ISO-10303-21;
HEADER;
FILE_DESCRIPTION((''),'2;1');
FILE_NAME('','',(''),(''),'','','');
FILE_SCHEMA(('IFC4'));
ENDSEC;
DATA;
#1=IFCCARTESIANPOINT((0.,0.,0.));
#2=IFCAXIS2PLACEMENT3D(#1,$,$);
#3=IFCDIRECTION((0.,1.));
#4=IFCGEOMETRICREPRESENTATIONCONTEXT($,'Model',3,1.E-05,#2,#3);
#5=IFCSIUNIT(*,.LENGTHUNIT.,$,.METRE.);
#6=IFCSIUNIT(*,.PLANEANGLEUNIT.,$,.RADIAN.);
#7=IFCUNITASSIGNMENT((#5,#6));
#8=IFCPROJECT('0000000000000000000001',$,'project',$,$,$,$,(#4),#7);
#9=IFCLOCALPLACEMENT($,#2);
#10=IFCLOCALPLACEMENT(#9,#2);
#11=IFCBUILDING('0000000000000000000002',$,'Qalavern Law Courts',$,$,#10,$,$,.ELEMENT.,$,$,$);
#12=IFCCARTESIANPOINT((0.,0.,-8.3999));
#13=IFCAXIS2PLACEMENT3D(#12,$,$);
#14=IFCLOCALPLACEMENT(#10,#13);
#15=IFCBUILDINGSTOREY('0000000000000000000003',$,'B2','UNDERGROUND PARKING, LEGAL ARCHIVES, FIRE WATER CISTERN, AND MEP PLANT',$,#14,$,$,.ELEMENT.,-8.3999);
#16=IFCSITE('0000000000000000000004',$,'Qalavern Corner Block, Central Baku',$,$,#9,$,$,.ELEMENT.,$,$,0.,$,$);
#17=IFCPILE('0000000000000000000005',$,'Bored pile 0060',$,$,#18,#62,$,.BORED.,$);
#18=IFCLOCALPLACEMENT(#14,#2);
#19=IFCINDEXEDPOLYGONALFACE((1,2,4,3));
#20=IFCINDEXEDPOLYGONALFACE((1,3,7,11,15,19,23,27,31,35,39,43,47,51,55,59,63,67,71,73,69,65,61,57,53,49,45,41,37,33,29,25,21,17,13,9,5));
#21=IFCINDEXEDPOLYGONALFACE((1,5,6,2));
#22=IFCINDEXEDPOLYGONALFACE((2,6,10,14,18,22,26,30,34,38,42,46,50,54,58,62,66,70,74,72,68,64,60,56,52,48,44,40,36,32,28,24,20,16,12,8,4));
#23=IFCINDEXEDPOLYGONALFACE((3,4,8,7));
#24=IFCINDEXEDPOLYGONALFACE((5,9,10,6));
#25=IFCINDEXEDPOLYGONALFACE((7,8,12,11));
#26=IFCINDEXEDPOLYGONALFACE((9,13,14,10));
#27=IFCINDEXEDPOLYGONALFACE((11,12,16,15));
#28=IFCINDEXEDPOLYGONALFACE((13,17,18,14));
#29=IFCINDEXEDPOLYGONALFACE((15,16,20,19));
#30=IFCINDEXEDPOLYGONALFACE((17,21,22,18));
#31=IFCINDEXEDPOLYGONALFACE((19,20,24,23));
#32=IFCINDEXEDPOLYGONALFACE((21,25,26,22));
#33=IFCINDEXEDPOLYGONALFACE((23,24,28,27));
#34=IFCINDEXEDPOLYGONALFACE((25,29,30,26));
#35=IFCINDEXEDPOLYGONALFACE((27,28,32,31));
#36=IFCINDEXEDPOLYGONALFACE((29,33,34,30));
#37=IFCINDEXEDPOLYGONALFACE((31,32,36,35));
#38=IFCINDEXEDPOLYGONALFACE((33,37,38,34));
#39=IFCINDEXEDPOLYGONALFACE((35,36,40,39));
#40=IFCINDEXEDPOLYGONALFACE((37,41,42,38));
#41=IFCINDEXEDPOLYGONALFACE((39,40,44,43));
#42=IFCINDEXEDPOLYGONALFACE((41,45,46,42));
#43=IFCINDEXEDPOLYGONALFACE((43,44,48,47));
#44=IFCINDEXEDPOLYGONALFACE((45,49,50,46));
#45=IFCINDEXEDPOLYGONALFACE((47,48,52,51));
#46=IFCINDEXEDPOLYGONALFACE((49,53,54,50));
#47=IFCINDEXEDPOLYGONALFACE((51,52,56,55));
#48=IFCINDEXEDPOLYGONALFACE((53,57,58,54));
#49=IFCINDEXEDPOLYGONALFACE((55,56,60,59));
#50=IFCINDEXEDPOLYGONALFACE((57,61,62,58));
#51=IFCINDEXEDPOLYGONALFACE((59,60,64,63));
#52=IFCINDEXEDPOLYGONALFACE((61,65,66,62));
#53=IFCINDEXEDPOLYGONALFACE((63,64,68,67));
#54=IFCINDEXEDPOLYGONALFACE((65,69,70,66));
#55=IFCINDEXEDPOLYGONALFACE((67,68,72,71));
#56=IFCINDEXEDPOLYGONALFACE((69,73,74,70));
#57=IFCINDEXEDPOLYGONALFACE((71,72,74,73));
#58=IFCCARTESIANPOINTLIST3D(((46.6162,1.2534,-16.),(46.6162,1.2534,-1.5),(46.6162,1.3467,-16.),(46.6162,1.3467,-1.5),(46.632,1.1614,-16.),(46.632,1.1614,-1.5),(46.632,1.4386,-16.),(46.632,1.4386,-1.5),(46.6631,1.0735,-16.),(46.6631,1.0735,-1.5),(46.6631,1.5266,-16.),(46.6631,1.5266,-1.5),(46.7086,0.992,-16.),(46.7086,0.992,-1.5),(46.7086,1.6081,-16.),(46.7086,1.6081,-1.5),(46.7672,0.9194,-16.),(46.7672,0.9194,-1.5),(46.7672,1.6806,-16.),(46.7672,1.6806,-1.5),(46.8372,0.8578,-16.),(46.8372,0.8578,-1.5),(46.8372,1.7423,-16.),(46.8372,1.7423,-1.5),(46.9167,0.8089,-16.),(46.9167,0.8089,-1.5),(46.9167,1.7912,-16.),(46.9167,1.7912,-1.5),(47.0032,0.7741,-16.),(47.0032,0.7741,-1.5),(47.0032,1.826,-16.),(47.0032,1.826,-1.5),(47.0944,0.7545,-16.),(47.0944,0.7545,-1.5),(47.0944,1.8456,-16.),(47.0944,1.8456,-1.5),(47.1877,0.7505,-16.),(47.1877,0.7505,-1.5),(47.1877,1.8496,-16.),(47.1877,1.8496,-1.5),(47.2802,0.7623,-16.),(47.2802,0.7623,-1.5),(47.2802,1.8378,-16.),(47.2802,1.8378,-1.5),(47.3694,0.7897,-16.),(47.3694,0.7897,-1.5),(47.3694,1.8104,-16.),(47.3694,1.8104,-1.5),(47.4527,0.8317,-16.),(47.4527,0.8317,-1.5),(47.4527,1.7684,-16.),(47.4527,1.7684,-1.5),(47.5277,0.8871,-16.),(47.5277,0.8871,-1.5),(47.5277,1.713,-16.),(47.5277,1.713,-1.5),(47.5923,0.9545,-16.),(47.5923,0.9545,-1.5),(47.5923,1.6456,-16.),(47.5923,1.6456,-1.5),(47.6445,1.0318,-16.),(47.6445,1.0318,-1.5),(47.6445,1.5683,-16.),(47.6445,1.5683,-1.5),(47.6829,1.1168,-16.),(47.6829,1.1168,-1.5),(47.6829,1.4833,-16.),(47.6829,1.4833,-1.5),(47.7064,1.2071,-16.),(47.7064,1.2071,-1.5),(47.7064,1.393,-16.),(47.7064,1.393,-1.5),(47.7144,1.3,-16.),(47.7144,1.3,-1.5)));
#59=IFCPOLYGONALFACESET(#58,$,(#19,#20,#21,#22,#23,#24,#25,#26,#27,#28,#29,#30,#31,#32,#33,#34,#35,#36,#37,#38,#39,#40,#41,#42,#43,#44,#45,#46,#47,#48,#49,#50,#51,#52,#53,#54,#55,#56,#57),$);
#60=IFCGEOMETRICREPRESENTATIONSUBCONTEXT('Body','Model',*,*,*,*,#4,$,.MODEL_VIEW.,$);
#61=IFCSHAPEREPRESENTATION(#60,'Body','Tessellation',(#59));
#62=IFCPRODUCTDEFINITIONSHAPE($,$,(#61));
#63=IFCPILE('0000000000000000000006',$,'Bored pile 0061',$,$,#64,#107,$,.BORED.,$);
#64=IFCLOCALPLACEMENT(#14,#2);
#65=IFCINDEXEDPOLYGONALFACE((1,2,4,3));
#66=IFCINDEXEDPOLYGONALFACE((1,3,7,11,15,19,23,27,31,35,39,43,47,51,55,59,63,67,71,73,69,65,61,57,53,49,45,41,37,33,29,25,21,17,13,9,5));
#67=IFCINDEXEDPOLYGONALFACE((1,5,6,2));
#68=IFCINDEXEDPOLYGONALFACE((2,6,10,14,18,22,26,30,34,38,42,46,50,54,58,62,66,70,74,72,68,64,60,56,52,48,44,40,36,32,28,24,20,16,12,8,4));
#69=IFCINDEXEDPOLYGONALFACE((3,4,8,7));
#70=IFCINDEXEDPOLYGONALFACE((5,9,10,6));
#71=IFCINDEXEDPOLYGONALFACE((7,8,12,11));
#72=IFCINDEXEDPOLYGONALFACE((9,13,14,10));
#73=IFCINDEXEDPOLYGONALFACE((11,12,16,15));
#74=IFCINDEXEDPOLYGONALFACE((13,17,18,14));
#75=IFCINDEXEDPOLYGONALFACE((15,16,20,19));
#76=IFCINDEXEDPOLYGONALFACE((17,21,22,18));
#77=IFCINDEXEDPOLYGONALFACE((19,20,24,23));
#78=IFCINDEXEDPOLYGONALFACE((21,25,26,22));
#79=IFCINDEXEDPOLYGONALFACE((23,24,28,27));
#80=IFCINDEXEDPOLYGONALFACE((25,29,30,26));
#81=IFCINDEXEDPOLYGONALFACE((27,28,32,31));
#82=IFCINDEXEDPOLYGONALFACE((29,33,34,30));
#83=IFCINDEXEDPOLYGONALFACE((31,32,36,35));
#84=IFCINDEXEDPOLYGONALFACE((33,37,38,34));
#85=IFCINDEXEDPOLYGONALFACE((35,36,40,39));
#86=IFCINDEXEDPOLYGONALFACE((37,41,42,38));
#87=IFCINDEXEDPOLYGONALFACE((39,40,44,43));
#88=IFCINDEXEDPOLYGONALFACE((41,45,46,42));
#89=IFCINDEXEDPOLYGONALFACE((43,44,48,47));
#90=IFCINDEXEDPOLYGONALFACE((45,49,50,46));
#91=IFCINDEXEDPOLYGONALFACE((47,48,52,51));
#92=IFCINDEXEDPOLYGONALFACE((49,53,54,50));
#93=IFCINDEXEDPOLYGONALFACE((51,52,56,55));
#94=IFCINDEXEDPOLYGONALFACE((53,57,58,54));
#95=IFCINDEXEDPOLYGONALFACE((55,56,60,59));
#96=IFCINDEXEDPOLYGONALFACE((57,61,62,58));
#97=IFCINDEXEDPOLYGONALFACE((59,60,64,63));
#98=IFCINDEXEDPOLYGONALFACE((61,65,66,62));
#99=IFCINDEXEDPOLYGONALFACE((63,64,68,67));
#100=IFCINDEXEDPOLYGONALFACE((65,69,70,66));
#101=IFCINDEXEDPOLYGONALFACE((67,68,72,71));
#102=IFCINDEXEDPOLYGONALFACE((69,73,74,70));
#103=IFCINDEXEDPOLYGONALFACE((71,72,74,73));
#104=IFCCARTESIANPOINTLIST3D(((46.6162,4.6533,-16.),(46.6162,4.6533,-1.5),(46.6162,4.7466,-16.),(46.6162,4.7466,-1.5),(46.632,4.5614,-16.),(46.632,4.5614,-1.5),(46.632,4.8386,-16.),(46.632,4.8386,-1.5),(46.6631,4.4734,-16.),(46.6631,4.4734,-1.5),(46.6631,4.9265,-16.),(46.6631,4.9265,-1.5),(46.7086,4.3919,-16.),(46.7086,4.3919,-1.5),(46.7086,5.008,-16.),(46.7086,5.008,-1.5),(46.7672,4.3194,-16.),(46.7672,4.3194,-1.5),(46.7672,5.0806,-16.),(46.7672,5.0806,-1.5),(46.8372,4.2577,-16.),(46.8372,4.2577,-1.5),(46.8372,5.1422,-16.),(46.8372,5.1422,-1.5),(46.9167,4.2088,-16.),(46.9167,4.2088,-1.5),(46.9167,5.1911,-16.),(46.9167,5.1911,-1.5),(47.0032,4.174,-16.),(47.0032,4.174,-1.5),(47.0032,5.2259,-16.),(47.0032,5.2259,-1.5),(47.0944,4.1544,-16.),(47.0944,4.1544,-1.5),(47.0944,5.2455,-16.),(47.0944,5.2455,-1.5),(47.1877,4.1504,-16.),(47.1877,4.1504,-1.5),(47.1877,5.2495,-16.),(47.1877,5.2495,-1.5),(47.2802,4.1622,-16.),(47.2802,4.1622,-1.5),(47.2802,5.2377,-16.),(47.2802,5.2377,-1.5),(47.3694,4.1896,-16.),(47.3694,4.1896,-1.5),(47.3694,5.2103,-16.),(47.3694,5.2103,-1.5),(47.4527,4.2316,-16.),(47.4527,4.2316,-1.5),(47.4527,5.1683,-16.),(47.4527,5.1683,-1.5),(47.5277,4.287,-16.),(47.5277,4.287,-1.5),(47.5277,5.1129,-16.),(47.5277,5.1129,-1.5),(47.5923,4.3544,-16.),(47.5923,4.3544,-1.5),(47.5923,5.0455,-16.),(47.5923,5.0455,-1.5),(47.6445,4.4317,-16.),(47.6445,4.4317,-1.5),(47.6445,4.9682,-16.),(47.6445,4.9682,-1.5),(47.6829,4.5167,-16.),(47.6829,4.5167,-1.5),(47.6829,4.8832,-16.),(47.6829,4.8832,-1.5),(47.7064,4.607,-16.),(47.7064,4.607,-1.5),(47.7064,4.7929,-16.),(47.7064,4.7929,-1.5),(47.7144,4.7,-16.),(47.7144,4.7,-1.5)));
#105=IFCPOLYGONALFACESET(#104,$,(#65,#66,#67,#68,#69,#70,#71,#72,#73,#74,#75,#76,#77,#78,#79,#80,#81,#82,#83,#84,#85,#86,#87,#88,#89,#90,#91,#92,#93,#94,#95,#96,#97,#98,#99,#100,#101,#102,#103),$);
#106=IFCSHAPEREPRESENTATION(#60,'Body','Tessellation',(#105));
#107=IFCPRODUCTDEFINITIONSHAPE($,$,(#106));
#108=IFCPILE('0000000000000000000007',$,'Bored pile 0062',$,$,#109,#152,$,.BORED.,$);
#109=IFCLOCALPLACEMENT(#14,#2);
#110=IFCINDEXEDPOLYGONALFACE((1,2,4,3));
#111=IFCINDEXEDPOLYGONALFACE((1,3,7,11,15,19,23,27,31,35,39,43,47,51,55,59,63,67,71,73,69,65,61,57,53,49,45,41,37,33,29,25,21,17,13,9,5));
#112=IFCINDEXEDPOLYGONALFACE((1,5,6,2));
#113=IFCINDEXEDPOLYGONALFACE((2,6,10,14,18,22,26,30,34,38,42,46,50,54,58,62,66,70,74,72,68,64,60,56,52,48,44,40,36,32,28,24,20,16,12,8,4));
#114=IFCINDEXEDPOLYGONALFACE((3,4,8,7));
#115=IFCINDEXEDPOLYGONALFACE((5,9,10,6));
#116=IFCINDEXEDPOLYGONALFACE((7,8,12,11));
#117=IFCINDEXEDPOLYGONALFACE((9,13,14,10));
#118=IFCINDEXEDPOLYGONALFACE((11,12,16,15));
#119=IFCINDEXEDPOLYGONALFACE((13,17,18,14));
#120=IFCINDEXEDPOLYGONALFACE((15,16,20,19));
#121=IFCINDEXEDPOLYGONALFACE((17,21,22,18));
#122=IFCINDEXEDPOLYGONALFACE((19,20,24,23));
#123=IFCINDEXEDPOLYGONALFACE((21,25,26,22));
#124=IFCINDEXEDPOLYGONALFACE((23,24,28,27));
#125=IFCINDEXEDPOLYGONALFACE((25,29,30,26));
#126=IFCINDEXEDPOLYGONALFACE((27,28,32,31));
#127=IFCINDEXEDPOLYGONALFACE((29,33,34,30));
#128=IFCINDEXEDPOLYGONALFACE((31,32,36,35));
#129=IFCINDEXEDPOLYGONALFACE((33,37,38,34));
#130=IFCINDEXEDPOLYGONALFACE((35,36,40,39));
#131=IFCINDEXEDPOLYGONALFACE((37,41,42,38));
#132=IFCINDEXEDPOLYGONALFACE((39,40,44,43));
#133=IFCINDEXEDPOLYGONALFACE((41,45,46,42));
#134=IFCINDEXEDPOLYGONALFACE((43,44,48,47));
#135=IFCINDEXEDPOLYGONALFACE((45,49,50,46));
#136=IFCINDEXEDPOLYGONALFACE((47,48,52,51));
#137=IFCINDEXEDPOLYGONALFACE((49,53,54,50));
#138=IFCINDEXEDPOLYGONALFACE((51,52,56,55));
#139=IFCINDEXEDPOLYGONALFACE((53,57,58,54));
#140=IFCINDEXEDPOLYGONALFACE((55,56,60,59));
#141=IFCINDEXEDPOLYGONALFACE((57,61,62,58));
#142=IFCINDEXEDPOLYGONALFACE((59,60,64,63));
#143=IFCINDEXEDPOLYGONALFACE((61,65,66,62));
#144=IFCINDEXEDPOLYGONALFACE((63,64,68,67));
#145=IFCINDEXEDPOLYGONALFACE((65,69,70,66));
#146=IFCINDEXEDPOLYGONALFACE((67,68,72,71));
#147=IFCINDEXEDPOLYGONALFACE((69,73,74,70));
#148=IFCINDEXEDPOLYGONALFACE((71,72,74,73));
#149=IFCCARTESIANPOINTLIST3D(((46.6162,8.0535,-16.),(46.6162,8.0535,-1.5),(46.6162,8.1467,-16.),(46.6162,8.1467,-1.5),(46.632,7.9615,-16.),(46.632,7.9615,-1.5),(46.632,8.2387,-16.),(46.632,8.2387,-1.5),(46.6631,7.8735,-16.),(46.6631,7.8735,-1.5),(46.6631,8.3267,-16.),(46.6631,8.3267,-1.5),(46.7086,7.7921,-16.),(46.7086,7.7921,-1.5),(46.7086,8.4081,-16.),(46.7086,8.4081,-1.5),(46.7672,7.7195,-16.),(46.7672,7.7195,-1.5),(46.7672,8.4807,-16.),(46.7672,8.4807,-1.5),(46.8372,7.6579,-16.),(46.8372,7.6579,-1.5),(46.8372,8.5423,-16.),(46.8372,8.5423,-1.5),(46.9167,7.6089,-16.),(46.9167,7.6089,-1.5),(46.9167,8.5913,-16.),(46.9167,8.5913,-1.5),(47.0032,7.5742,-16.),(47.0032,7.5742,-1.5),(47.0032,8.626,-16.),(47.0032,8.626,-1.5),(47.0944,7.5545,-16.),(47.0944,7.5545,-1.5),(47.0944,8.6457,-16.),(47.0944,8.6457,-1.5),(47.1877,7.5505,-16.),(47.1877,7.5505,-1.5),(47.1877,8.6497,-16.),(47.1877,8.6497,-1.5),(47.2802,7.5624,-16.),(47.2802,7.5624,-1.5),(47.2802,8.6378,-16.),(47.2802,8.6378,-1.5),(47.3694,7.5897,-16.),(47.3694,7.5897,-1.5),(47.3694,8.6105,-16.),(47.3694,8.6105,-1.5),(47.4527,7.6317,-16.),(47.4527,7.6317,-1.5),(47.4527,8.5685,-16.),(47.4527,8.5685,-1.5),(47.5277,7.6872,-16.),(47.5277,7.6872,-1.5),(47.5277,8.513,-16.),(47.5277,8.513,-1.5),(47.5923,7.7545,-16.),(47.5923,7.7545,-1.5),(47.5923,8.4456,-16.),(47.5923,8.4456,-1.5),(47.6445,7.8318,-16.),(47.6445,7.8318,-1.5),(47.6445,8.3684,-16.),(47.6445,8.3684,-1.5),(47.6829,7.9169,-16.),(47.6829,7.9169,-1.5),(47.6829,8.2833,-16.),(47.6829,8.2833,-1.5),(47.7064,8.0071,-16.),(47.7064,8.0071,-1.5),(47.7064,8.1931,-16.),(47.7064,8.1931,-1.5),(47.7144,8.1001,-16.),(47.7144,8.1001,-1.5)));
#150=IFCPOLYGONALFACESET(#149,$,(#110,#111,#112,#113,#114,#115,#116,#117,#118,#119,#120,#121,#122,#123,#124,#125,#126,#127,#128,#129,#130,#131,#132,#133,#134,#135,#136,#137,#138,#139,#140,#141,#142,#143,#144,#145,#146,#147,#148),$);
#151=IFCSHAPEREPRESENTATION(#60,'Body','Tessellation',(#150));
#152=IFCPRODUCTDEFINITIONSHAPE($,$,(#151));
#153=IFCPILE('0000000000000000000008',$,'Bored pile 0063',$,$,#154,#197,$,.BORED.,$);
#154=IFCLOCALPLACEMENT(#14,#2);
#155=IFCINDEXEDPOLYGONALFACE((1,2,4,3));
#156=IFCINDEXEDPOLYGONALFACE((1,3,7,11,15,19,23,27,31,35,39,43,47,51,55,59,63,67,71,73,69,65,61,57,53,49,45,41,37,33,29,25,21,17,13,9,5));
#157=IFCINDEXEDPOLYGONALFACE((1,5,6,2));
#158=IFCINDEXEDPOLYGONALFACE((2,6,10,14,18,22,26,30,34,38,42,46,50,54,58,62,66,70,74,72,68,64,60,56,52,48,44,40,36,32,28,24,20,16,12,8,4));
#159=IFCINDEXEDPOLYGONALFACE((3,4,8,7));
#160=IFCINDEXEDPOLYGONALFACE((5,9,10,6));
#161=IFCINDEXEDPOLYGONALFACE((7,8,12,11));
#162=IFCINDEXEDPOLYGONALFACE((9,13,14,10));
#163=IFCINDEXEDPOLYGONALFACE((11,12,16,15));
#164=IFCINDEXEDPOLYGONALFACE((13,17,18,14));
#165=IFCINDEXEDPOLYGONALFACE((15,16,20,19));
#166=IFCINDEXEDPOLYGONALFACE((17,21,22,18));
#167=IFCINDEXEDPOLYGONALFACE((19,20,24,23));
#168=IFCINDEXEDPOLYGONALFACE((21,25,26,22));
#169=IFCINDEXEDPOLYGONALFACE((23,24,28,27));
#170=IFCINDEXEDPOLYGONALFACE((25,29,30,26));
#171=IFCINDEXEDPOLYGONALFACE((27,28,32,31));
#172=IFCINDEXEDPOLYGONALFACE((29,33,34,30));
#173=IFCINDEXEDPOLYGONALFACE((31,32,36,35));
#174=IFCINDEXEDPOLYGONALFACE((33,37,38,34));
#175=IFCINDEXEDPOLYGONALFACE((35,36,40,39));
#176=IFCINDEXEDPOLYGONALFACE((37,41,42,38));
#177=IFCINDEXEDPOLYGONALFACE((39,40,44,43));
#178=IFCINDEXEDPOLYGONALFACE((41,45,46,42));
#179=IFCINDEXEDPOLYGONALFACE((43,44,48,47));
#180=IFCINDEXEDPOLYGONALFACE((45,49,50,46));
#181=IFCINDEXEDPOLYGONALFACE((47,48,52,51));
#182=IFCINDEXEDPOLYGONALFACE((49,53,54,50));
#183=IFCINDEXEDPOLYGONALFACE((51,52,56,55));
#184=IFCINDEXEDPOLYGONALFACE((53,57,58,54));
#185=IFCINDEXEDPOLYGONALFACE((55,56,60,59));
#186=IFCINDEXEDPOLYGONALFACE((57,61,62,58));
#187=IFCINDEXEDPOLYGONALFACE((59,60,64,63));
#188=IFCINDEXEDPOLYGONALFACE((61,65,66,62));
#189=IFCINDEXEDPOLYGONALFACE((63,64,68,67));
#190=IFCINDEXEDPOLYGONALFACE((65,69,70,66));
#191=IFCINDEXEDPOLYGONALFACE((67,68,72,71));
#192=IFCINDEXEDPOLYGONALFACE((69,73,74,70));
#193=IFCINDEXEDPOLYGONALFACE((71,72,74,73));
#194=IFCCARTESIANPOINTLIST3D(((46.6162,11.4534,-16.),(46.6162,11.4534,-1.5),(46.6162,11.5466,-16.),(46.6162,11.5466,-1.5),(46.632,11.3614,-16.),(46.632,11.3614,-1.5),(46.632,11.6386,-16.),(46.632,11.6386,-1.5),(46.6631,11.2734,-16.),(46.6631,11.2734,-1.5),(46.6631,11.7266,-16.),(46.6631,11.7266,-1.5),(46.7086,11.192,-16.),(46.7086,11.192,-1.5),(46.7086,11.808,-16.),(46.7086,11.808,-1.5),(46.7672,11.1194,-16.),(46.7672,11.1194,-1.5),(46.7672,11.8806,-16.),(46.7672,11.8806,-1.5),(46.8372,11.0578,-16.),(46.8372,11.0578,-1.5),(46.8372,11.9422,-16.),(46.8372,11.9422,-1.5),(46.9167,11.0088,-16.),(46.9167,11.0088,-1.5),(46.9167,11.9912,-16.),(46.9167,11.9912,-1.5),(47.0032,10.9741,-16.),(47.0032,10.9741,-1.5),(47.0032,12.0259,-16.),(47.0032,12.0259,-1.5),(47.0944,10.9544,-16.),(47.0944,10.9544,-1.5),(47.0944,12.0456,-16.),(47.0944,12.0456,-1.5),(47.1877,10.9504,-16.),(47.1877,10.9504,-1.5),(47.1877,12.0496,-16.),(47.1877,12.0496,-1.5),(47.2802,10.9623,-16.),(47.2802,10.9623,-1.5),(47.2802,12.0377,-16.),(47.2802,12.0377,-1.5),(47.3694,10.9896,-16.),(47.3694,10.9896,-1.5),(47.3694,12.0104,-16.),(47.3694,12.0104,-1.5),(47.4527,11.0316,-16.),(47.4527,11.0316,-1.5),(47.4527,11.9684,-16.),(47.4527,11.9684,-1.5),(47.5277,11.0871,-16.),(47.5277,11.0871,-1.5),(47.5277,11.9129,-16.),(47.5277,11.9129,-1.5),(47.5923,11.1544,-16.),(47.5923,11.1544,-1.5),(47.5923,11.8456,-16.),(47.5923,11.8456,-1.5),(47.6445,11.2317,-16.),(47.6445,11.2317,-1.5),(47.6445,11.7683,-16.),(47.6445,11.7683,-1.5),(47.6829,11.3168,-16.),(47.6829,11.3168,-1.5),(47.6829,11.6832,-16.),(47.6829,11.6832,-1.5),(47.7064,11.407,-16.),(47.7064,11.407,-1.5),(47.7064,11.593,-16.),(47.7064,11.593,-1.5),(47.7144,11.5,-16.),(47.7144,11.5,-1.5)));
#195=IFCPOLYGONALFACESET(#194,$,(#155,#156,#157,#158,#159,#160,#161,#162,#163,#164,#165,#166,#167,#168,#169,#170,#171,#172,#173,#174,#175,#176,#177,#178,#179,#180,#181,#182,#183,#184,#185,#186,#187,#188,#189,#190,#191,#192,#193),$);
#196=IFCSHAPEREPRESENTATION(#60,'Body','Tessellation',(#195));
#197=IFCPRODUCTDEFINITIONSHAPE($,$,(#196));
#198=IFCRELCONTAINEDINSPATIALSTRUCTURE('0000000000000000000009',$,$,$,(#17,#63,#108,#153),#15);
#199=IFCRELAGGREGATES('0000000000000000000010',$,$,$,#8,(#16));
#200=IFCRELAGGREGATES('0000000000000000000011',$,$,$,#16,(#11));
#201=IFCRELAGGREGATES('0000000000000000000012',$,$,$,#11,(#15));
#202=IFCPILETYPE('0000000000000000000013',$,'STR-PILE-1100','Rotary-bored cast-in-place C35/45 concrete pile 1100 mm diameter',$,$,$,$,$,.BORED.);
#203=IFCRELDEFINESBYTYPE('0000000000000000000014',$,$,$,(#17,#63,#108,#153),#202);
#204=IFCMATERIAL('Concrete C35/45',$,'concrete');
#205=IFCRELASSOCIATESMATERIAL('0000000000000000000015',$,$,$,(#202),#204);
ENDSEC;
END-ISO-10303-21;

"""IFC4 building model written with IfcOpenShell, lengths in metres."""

from ifc_helpers import new_model, si_unit, direction, frame, origin, origin_2d, place, context, subcontext, project, spatial, circle, extrude, material, material_profile, profile_set, type_object, element, save


model = new_model("IFC4")

# Units and contexts
model_context = context("Model", 3, precision=1e-05, world=origin(), true_north=direction((0.0, 1.0)))
body_context = subcontext(model_context, "Body", "Model", "MODEL_VIEW")
ifc_project = project(units=[si_unit("LENGTHUNIT", "METRE"), si_unit("PLANEANGLEUNIT", "RADIAN")], contexts=[model_context])

# Site, building, storey
site_placement = place(None, origin())
site = spatial("IfcSite", under=ifc_project, at=site_placement, Name="Qalavern Corner Block, Central Baku", CompositionType="ELEMENT", RefElevation=0.0)
building_placement = place(site_placement, origin())
building = spatial("IfcBuilding", under=site, at=building_placement, Name="Qalavern Law Courts", CompositionType="ELEMENT")
storey_placement = place(building_placement, frame((0.0, 0.0, -8.3999)))
storey = spatial("IfcBuildingStorey", under=building, at=storey_placement, Name="B2", Description="UNDERGROUND PARKING, LEGAL ARCHIVES, FIRE WATER CISTERN, AND MEP PLANT", CompositionType="ELEMENT", Elevation=-8.3999)

# Piles
ifc_material_1 = material(Name="Concrete C35/45", Category="concrete")
ifc_material_profile_1 = material_profile(ifc_material_1, circle(Radius=0.55, at=origin_2d()), Name="BORED PILE 1100")
ifc_profile_set_1 = profile_set([ifc_material_profile_1], Name="Concrete C35/45")
pile_type_1 = type_object("IfcPileType", Name="STR-PILE-1100", Description="Rotary-bored cast-in-place C35/45 concrete pile 1100 mm diameter", PredefinedType="BORED", material=ifc_profile_set_1)
for number, where, z_axis, x_axis, name in (
    (1, (47.1643, 1.3, -1.5), (0.0, 0.0, -1.0), (1.0, 0.0, 0.0), "Bored pile 0060"),
    (2, (47.1643, 4.7, -1.5), (0.0, 0.0, -1.0), (1.0, 0.0, 0.0), "Bored pile 0061"),
    (3, (47.1643, 8.1001, -1.5), (0.0, 0.0, -1.0), (1.0, 0.0, 0.0), "Bored pile 0062"),
    (4, (47.1643, 11.5, -1.5), (0.0, 0.0, -1.0), (1.0, 0.0, 0.0), "Bored pile 0063"),
):
    element("IfcPile", number, at=place(storey_placement, frame(where, z_axis=z_axis, x_axis=x_axis)), inside=storey, type_object=pile_type_1, Name=name, PredefinedType="BORED", context=body_context, shape_type="SweptSolid", body=[
        extrude(circle(Radius=0.55, at=origin_2d()), origin(), (0.0, 0.0, 1.0), 14.5),
    ])

save(model, "model.ifc")
